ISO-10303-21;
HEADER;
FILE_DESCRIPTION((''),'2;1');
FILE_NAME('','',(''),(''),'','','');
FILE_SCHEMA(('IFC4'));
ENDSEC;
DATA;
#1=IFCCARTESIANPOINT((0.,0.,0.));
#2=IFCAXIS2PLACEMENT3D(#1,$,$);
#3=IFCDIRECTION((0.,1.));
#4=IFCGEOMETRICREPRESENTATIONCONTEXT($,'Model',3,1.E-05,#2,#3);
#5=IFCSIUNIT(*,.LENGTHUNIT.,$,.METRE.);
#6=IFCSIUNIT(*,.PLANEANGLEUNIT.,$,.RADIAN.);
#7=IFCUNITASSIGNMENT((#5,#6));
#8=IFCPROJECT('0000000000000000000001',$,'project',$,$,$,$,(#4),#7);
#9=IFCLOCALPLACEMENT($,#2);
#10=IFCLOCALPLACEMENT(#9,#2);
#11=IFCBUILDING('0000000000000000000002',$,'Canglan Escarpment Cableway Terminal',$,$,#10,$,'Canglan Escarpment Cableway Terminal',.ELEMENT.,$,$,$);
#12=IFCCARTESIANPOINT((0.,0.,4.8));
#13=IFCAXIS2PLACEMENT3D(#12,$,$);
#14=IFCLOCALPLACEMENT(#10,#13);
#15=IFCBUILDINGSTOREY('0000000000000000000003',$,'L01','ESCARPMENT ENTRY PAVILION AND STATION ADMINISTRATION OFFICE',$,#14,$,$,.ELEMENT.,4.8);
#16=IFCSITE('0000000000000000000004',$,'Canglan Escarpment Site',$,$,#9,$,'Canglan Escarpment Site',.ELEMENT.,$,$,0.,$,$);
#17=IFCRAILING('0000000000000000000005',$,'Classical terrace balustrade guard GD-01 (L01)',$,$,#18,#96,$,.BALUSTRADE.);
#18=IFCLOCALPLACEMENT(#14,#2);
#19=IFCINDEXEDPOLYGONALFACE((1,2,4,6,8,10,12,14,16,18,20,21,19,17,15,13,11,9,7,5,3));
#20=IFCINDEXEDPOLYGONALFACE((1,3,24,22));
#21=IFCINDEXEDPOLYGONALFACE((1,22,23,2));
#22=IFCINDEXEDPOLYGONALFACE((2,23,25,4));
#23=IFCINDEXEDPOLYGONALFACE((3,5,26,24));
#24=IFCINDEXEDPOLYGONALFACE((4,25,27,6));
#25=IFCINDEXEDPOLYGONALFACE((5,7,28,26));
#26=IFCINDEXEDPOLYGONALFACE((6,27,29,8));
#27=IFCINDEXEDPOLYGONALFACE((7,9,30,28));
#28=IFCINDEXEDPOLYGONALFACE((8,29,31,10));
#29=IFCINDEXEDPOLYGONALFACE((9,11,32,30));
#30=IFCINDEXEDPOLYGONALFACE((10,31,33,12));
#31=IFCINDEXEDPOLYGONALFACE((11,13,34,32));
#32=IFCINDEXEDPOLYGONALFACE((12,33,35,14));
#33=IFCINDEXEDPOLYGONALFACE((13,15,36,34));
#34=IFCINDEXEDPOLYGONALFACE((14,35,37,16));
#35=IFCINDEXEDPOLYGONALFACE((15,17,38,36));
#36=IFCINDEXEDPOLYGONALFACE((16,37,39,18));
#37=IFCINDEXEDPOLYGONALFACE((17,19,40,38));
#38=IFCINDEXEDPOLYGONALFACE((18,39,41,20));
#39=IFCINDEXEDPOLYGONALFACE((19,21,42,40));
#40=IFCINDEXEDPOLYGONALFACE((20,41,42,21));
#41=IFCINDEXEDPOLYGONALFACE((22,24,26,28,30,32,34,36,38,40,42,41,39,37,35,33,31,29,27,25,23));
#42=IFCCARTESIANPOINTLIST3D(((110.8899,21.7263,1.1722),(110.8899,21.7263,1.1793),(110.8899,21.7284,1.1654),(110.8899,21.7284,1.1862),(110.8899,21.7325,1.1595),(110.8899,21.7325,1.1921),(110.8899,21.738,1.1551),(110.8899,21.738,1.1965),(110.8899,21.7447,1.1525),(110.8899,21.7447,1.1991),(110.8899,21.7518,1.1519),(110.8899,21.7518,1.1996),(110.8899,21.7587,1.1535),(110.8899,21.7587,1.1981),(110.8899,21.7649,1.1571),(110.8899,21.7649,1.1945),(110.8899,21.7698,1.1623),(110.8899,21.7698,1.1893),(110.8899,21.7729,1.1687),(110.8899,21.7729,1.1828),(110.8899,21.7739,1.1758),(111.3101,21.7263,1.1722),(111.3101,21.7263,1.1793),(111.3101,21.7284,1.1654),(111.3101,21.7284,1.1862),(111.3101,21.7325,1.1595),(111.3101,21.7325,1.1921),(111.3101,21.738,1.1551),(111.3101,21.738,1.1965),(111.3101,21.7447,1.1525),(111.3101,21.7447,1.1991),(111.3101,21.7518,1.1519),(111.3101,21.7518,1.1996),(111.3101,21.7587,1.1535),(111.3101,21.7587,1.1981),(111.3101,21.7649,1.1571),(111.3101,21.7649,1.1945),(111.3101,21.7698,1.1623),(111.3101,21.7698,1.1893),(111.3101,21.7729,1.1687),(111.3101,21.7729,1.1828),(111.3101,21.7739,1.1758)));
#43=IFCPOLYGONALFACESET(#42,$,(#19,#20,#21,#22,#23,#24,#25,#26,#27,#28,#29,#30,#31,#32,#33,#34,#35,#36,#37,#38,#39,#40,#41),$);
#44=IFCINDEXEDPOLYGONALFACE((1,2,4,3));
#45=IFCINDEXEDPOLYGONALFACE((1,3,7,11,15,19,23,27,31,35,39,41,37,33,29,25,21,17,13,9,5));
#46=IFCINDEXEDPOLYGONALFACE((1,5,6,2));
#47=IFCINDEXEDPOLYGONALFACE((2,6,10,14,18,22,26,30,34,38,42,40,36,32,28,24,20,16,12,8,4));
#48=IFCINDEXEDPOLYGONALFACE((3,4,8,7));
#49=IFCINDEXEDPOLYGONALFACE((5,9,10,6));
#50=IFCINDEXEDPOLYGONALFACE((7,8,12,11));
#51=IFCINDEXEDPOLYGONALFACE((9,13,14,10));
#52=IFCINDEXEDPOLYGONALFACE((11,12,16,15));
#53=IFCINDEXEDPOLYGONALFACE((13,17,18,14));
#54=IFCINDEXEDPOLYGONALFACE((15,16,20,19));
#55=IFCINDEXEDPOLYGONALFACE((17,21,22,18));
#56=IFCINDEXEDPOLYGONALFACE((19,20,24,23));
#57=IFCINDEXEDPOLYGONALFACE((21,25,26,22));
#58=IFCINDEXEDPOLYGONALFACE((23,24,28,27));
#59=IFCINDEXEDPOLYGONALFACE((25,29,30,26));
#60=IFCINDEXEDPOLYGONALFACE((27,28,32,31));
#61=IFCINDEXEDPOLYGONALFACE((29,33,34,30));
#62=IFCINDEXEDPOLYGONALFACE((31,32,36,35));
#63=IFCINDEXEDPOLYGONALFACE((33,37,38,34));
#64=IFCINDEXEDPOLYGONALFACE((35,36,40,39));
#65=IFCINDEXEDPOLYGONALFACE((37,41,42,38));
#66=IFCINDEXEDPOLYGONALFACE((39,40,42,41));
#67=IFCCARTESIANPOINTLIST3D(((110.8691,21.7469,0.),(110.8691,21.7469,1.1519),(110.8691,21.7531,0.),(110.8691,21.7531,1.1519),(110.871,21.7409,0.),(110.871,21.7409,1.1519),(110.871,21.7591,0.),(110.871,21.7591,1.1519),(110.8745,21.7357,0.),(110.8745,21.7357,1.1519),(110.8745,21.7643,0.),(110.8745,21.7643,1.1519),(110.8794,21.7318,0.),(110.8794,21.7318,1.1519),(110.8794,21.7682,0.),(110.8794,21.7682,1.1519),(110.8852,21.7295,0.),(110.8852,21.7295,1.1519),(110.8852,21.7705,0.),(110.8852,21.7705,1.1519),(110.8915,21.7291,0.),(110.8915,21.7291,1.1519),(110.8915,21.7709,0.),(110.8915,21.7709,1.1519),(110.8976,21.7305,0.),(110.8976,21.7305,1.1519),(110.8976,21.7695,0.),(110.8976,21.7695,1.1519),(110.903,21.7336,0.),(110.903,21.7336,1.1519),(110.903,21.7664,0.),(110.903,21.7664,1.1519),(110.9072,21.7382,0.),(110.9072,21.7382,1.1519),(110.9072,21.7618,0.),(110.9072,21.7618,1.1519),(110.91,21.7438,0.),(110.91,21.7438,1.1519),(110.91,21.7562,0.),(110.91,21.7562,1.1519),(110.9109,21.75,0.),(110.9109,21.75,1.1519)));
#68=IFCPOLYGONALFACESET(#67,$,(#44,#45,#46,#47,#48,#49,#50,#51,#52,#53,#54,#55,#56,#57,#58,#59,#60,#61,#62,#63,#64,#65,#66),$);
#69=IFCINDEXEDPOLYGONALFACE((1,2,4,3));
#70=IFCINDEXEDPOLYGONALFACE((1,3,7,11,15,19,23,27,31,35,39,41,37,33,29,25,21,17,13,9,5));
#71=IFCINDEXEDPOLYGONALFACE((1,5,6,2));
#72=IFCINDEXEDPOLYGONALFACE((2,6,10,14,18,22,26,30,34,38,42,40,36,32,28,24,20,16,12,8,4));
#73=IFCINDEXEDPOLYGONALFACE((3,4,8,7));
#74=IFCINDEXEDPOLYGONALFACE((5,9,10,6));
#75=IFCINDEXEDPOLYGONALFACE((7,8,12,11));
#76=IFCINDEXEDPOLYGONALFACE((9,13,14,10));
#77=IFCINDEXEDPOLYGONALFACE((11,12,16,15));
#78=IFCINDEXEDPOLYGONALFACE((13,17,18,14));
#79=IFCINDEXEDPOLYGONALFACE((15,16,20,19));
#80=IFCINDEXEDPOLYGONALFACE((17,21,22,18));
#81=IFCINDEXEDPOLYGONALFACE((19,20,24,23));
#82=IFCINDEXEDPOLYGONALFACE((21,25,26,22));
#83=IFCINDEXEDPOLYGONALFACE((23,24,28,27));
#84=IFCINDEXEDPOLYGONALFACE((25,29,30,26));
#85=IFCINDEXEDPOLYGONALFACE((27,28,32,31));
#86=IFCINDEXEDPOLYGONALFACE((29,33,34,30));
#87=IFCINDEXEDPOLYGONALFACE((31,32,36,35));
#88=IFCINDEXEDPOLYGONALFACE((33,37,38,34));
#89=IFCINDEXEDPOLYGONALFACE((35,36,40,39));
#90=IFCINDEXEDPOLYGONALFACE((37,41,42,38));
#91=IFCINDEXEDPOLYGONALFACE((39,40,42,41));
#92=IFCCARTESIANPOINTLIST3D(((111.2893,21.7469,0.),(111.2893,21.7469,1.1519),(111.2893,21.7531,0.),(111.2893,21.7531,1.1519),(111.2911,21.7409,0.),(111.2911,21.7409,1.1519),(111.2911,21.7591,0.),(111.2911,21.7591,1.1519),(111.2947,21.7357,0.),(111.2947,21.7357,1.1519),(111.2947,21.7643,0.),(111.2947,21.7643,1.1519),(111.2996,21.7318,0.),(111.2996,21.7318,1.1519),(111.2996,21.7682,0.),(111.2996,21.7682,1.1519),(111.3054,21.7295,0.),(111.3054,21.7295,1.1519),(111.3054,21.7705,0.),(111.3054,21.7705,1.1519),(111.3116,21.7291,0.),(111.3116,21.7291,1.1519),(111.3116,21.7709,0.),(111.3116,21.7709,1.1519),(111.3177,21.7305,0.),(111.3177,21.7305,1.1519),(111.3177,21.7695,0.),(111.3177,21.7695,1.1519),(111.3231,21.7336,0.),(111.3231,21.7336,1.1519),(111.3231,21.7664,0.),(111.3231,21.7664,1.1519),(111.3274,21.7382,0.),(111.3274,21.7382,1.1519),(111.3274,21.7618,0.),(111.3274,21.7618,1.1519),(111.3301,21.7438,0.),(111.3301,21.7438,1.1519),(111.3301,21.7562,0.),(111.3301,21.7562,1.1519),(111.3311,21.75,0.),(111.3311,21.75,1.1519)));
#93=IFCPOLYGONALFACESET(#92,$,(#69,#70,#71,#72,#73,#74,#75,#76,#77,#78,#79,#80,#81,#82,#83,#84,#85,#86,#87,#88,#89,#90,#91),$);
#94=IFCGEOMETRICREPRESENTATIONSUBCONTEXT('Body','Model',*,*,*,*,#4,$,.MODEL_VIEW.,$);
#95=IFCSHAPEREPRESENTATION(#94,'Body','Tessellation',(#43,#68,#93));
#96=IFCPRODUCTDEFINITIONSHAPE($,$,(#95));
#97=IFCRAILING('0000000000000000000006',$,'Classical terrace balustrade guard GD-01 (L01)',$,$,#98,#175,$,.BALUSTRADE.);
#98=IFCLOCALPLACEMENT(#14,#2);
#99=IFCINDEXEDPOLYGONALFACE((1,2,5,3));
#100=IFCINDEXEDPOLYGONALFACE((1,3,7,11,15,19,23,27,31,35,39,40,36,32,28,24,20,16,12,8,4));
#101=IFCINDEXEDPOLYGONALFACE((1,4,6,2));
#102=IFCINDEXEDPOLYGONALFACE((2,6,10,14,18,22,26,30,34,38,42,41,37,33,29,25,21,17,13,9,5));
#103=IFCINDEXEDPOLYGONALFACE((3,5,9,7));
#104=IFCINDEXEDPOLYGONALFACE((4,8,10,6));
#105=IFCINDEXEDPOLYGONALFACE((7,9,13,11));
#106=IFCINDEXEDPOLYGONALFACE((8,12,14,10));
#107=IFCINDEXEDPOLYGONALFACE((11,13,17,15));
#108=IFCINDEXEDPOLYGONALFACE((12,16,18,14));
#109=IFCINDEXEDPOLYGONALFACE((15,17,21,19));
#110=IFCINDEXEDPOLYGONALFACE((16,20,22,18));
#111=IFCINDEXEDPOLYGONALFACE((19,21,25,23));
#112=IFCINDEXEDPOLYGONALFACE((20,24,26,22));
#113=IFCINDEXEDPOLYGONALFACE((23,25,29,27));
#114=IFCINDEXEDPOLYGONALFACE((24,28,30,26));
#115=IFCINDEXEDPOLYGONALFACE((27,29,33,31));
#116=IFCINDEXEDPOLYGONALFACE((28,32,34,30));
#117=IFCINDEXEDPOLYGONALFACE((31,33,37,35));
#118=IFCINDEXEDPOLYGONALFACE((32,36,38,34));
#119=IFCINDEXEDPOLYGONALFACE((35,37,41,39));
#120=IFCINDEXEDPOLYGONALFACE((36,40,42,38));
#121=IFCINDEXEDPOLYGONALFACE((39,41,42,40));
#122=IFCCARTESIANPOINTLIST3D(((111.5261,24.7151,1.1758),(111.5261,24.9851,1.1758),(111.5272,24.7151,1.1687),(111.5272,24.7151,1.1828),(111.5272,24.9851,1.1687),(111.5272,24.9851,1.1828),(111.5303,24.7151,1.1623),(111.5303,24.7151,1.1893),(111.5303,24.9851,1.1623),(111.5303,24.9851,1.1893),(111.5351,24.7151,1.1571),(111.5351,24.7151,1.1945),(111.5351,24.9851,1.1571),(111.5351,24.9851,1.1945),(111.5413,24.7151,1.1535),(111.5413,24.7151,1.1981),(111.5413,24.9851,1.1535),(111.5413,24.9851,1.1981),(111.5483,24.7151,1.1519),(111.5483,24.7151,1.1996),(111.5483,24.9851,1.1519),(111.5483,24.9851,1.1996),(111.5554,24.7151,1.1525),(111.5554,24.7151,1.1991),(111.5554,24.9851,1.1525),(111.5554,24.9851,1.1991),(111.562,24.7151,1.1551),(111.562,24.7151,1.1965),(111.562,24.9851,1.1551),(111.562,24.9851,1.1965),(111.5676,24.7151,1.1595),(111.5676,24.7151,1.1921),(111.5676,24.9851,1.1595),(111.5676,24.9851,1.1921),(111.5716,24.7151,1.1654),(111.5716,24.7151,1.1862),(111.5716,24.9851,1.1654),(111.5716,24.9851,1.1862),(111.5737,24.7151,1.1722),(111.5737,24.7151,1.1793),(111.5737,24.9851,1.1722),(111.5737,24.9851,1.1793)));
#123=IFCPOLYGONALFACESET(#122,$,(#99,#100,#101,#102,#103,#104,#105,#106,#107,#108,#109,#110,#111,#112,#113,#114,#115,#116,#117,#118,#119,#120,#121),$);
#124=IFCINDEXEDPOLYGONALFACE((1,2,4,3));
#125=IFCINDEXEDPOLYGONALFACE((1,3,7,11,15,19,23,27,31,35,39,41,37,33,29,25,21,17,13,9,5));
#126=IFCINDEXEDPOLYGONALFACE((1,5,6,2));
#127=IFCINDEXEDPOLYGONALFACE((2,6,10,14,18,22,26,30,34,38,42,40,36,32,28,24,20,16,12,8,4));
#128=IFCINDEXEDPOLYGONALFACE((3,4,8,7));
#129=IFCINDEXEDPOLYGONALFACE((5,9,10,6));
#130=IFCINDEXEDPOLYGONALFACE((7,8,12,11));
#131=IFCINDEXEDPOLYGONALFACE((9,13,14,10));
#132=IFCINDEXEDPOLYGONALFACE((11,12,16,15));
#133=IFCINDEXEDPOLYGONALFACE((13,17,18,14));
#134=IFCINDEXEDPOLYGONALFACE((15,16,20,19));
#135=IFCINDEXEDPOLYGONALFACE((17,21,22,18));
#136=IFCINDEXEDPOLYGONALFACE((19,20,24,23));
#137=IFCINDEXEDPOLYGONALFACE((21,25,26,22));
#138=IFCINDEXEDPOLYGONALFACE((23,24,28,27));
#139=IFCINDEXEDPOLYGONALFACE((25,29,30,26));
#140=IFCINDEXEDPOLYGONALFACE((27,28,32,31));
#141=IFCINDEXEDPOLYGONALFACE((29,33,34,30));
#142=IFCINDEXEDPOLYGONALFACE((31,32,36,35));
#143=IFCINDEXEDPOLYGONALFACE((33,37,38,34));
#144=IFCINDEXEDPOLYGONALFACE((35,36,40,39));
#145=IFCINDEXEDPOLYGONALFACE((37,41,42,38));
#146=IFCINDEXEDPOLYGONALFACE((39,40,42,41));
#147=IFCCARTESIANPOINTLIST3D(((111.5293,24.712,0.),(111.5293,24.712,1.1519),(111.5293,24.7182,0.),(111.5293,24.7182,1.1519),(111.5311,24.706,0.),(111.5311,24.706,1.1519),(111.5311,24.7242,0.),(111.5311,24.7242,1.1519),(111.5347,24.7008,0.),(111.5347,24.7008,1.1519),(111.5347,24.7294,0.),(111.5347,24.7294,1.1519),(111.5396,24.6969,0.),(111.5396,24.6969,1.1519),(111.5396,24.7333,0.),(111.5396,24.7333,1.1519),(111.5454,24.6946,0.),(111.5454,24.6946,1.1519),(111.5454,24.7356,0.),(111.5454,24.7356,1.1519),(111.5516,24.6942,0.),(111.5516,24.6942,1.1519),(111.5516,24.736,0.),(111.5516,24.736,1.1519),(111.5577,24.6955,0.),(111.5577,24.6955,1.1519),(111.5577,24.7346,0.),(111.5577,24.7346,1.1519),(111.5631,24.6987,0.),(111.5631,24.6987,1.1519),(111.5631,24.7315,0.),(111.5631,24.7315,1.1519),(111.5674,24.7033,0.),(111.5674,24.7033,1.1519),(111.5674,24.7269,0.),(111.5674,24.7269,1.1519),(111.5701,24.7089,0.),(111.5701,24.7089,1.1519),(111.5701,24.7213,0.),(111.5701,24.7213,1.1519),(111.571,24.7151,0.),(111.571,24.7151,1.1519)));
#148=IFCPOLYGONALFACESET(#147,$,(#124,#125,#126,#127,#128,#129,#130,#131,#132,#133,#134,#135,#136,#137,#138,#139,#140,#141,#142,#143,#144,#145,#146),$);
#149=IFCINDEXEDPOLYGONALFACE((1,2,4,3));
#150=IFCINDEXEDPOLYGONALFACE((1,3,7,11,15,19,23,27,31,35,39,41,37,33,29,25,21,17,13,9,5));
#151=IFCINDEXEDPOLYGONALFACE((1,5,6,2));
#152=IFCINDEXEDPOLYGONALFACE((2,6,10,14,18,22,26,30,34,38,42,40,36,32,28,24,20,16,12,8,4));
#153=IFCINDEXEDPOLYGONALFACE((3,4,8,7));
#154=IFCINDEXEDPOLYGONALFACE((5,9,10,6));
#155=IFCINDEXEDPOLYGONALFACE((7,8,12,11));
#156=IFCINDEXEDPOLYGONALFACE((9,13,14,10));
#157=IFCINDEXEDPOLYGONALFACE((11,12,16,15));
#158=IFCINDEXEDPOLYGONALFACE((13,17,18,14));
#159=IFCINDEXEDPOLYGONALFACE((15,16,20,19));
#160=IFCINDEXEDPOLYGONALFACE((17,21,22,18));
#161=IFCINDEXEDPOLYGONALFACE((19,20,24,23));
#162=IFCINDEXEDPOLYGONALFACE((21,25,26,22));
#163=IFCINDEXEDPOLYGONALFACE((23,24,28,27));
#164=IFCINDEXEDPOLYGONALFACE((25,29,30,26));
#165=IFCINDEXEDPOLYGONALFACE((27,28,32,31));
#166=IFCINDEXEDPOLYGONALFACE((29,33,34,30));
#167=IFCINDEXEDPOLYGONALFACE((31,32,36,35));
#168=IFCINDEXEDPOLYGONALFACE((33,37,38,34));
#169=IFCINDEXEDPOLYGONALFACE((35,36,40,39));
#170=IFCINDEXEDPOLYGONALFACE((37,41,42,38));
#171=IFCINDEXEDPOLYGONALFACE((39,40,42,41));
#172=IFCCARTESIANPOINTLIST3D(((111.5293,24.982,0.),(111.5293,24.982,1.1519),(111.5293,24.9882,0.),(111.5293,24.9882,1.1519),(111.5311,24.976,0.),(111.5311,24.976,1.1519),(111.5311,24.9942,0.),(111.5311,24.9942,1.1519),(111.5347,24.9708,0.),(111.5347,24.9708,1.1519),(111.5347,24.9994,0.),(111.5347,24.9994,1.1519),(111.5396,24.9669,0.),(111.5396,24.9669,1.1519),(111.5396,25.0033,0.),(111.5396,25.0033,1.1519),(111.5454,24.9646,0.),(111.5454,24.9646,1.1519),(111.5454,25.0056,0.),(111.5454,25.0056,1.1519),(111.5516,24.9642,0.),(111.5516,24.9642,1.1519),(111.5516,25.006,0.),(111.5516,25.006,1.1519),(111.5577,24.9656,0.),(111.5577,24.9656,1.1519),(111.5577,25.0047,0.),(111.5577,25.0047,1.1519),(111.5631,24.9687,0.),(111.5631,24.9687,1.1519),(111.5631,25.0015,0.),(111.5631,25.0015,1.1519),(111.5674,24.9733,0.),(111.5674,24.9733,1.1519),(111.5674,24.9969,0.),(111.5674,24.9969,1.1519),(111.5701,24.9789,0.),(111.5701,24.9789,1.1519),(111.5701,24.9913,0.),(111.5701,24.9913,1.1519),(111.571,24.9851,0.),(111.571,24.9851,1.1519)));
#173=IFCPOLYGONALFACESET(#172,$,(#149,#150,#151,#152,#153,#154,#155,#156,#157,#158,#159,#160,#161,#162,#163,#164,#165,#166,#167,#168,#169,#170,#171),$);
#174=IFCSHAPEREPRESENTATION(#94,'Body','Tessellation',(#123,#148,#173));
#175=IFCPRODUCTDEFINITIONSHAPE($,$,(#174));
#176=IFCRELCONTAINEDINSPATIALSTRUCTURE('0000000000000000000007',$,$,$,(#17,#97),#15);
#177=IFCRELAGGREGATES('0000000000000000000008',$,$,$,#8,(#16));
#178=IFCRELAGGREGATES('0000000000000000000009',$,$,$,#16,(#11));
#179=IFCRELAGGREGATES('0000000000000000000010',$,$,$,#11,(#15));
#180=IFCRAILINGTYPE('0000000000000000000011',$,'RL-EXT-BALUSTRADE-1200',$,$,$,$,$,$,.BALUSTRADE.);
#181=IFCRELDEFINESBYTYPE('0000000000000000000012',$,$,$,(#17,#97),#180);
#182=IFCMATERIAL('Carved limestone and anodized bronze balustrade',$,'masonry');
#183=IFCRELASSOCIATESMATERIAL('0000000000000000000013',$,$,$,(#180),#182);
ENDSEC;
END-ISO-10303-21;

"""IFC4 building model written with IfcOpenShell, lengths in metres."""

from ifc_helpers import new_model, si_unit, direction, frame, origin, origin_2d, place, context, subcontext, project, spatial, circle, extrude, material, type_object, element, save


model = new_model("IFC4")

# Units and contexts
model_context = context("Model", 3, precision=1e-05, world=origin(), true_north=direction((0.0, 1.0)))
body_context = subcontext(model_context, "Body", "Model", "MODEL_VIEW")
ifc_project = project(units=[si_unit("LENGTHUNIT", "METRE"), si_unit("PLANEANGLEUNIT", "RADIAN")], contexts=[model_context])

# Site, building, storey
site_placement = place(None, origin())
site = spatial("IfcSite", under=ifc_project, at=site_placement, Name="Canglan Escarpment Site", LongName="Canglan Escarpment Site", CompositionType="ELEMENT", RefElevation=0.0)
building_placement = place(site_placement, origin())
building = spatial("IfcBuilding", under=site, at=building_placement, Name="Canglan Escarpment Cableway Terminal", LongName="Canglan Escarpment Cableway Terminal", CompositionType="ELEMENT")
storey_placement = place(building_placement, frame((0.0, 0.0, 4.8)))
storey = spatial("IfcBuildingStorey", under=building, at=storey_placement, Name="L01", Description="ESCARPMENT ENTRY PAVILION AND STATION ADMINISTRATION OFFICE", CompositionType="ELEMENT", Elevation=4.8)

# Railings
ifc_material_1 = material(Name="Carved limestone and anodized bronze balustrade", Category="masonry")
railing_type = type_object("IfcRailingType", Name="RL-EXT-BALUSTRADE-1200", PredefinedType="BALUSTRADE", material=ifc_material_1)
railing_1_placement = place(storey_placement, frame((110.8899, 21.75, 0.0)))
element("IfcRailing", 1, at=railing_1_placement, inside=storey, type_object=railing_type, Name="Classical terrace balustrade guard GD-01 (L01)", PredefinedType="BALUSTRADE", context=body_context, shape_type="SweptSolid", body=[
    extrude(circle(Radius=0.0239, at=origin_2d()), frame((0.0, 0.0, 1.1758), z_axis=(1.0, 0.0, 0.0), x_axis=(0.0, 1.0, 0.0)), (0.0, 0.0, 1.0), 0.4202),
    extrude(circle(Radius=0.021, at=origin_2d()), origin(), (0.0, 0.0, 1.0), 1.1519),
    extrude(circle(Radius=0.021, at=origin_2d()), frame((0.4202, 0.0, 0.0)), (0.0, 0.0, 1.0), 1.1519),
])
railing_2_placement = place(storey_placement, frame((111.55, 24.7151, 0.0)))
element("IfcRailing", 2, at=railing_2_placement, inside=storey, type_object=railing_type, Name="Classical terrace balustrade guard GD-01 (L01)", PredefinedType="BALUSTRADE", context=body_context, shape_type="SweptSolid", body=[
    extrude(circle(Radius=0.0239, at=origin_2d()), frame((0.0, 0.0, 1.1758), z_axis=(0.0, 1.0, 0.0), x_axis=(-1.0, 0.0, 0.0)), (0.0, 0.0, 1.0), 0.27),
    extrude(circle(Radius=0.021, at=origin_2d()), origin(), (0.0, 0.0, 1.0), 1.1519),
    extrude(circle(Radius=0.021, at=origin_2d()), frame((0.0, 0.27, 0.0)), (0.0, 0.0, 1.0), 1.1519),
])

save(model, "model.ifc")
